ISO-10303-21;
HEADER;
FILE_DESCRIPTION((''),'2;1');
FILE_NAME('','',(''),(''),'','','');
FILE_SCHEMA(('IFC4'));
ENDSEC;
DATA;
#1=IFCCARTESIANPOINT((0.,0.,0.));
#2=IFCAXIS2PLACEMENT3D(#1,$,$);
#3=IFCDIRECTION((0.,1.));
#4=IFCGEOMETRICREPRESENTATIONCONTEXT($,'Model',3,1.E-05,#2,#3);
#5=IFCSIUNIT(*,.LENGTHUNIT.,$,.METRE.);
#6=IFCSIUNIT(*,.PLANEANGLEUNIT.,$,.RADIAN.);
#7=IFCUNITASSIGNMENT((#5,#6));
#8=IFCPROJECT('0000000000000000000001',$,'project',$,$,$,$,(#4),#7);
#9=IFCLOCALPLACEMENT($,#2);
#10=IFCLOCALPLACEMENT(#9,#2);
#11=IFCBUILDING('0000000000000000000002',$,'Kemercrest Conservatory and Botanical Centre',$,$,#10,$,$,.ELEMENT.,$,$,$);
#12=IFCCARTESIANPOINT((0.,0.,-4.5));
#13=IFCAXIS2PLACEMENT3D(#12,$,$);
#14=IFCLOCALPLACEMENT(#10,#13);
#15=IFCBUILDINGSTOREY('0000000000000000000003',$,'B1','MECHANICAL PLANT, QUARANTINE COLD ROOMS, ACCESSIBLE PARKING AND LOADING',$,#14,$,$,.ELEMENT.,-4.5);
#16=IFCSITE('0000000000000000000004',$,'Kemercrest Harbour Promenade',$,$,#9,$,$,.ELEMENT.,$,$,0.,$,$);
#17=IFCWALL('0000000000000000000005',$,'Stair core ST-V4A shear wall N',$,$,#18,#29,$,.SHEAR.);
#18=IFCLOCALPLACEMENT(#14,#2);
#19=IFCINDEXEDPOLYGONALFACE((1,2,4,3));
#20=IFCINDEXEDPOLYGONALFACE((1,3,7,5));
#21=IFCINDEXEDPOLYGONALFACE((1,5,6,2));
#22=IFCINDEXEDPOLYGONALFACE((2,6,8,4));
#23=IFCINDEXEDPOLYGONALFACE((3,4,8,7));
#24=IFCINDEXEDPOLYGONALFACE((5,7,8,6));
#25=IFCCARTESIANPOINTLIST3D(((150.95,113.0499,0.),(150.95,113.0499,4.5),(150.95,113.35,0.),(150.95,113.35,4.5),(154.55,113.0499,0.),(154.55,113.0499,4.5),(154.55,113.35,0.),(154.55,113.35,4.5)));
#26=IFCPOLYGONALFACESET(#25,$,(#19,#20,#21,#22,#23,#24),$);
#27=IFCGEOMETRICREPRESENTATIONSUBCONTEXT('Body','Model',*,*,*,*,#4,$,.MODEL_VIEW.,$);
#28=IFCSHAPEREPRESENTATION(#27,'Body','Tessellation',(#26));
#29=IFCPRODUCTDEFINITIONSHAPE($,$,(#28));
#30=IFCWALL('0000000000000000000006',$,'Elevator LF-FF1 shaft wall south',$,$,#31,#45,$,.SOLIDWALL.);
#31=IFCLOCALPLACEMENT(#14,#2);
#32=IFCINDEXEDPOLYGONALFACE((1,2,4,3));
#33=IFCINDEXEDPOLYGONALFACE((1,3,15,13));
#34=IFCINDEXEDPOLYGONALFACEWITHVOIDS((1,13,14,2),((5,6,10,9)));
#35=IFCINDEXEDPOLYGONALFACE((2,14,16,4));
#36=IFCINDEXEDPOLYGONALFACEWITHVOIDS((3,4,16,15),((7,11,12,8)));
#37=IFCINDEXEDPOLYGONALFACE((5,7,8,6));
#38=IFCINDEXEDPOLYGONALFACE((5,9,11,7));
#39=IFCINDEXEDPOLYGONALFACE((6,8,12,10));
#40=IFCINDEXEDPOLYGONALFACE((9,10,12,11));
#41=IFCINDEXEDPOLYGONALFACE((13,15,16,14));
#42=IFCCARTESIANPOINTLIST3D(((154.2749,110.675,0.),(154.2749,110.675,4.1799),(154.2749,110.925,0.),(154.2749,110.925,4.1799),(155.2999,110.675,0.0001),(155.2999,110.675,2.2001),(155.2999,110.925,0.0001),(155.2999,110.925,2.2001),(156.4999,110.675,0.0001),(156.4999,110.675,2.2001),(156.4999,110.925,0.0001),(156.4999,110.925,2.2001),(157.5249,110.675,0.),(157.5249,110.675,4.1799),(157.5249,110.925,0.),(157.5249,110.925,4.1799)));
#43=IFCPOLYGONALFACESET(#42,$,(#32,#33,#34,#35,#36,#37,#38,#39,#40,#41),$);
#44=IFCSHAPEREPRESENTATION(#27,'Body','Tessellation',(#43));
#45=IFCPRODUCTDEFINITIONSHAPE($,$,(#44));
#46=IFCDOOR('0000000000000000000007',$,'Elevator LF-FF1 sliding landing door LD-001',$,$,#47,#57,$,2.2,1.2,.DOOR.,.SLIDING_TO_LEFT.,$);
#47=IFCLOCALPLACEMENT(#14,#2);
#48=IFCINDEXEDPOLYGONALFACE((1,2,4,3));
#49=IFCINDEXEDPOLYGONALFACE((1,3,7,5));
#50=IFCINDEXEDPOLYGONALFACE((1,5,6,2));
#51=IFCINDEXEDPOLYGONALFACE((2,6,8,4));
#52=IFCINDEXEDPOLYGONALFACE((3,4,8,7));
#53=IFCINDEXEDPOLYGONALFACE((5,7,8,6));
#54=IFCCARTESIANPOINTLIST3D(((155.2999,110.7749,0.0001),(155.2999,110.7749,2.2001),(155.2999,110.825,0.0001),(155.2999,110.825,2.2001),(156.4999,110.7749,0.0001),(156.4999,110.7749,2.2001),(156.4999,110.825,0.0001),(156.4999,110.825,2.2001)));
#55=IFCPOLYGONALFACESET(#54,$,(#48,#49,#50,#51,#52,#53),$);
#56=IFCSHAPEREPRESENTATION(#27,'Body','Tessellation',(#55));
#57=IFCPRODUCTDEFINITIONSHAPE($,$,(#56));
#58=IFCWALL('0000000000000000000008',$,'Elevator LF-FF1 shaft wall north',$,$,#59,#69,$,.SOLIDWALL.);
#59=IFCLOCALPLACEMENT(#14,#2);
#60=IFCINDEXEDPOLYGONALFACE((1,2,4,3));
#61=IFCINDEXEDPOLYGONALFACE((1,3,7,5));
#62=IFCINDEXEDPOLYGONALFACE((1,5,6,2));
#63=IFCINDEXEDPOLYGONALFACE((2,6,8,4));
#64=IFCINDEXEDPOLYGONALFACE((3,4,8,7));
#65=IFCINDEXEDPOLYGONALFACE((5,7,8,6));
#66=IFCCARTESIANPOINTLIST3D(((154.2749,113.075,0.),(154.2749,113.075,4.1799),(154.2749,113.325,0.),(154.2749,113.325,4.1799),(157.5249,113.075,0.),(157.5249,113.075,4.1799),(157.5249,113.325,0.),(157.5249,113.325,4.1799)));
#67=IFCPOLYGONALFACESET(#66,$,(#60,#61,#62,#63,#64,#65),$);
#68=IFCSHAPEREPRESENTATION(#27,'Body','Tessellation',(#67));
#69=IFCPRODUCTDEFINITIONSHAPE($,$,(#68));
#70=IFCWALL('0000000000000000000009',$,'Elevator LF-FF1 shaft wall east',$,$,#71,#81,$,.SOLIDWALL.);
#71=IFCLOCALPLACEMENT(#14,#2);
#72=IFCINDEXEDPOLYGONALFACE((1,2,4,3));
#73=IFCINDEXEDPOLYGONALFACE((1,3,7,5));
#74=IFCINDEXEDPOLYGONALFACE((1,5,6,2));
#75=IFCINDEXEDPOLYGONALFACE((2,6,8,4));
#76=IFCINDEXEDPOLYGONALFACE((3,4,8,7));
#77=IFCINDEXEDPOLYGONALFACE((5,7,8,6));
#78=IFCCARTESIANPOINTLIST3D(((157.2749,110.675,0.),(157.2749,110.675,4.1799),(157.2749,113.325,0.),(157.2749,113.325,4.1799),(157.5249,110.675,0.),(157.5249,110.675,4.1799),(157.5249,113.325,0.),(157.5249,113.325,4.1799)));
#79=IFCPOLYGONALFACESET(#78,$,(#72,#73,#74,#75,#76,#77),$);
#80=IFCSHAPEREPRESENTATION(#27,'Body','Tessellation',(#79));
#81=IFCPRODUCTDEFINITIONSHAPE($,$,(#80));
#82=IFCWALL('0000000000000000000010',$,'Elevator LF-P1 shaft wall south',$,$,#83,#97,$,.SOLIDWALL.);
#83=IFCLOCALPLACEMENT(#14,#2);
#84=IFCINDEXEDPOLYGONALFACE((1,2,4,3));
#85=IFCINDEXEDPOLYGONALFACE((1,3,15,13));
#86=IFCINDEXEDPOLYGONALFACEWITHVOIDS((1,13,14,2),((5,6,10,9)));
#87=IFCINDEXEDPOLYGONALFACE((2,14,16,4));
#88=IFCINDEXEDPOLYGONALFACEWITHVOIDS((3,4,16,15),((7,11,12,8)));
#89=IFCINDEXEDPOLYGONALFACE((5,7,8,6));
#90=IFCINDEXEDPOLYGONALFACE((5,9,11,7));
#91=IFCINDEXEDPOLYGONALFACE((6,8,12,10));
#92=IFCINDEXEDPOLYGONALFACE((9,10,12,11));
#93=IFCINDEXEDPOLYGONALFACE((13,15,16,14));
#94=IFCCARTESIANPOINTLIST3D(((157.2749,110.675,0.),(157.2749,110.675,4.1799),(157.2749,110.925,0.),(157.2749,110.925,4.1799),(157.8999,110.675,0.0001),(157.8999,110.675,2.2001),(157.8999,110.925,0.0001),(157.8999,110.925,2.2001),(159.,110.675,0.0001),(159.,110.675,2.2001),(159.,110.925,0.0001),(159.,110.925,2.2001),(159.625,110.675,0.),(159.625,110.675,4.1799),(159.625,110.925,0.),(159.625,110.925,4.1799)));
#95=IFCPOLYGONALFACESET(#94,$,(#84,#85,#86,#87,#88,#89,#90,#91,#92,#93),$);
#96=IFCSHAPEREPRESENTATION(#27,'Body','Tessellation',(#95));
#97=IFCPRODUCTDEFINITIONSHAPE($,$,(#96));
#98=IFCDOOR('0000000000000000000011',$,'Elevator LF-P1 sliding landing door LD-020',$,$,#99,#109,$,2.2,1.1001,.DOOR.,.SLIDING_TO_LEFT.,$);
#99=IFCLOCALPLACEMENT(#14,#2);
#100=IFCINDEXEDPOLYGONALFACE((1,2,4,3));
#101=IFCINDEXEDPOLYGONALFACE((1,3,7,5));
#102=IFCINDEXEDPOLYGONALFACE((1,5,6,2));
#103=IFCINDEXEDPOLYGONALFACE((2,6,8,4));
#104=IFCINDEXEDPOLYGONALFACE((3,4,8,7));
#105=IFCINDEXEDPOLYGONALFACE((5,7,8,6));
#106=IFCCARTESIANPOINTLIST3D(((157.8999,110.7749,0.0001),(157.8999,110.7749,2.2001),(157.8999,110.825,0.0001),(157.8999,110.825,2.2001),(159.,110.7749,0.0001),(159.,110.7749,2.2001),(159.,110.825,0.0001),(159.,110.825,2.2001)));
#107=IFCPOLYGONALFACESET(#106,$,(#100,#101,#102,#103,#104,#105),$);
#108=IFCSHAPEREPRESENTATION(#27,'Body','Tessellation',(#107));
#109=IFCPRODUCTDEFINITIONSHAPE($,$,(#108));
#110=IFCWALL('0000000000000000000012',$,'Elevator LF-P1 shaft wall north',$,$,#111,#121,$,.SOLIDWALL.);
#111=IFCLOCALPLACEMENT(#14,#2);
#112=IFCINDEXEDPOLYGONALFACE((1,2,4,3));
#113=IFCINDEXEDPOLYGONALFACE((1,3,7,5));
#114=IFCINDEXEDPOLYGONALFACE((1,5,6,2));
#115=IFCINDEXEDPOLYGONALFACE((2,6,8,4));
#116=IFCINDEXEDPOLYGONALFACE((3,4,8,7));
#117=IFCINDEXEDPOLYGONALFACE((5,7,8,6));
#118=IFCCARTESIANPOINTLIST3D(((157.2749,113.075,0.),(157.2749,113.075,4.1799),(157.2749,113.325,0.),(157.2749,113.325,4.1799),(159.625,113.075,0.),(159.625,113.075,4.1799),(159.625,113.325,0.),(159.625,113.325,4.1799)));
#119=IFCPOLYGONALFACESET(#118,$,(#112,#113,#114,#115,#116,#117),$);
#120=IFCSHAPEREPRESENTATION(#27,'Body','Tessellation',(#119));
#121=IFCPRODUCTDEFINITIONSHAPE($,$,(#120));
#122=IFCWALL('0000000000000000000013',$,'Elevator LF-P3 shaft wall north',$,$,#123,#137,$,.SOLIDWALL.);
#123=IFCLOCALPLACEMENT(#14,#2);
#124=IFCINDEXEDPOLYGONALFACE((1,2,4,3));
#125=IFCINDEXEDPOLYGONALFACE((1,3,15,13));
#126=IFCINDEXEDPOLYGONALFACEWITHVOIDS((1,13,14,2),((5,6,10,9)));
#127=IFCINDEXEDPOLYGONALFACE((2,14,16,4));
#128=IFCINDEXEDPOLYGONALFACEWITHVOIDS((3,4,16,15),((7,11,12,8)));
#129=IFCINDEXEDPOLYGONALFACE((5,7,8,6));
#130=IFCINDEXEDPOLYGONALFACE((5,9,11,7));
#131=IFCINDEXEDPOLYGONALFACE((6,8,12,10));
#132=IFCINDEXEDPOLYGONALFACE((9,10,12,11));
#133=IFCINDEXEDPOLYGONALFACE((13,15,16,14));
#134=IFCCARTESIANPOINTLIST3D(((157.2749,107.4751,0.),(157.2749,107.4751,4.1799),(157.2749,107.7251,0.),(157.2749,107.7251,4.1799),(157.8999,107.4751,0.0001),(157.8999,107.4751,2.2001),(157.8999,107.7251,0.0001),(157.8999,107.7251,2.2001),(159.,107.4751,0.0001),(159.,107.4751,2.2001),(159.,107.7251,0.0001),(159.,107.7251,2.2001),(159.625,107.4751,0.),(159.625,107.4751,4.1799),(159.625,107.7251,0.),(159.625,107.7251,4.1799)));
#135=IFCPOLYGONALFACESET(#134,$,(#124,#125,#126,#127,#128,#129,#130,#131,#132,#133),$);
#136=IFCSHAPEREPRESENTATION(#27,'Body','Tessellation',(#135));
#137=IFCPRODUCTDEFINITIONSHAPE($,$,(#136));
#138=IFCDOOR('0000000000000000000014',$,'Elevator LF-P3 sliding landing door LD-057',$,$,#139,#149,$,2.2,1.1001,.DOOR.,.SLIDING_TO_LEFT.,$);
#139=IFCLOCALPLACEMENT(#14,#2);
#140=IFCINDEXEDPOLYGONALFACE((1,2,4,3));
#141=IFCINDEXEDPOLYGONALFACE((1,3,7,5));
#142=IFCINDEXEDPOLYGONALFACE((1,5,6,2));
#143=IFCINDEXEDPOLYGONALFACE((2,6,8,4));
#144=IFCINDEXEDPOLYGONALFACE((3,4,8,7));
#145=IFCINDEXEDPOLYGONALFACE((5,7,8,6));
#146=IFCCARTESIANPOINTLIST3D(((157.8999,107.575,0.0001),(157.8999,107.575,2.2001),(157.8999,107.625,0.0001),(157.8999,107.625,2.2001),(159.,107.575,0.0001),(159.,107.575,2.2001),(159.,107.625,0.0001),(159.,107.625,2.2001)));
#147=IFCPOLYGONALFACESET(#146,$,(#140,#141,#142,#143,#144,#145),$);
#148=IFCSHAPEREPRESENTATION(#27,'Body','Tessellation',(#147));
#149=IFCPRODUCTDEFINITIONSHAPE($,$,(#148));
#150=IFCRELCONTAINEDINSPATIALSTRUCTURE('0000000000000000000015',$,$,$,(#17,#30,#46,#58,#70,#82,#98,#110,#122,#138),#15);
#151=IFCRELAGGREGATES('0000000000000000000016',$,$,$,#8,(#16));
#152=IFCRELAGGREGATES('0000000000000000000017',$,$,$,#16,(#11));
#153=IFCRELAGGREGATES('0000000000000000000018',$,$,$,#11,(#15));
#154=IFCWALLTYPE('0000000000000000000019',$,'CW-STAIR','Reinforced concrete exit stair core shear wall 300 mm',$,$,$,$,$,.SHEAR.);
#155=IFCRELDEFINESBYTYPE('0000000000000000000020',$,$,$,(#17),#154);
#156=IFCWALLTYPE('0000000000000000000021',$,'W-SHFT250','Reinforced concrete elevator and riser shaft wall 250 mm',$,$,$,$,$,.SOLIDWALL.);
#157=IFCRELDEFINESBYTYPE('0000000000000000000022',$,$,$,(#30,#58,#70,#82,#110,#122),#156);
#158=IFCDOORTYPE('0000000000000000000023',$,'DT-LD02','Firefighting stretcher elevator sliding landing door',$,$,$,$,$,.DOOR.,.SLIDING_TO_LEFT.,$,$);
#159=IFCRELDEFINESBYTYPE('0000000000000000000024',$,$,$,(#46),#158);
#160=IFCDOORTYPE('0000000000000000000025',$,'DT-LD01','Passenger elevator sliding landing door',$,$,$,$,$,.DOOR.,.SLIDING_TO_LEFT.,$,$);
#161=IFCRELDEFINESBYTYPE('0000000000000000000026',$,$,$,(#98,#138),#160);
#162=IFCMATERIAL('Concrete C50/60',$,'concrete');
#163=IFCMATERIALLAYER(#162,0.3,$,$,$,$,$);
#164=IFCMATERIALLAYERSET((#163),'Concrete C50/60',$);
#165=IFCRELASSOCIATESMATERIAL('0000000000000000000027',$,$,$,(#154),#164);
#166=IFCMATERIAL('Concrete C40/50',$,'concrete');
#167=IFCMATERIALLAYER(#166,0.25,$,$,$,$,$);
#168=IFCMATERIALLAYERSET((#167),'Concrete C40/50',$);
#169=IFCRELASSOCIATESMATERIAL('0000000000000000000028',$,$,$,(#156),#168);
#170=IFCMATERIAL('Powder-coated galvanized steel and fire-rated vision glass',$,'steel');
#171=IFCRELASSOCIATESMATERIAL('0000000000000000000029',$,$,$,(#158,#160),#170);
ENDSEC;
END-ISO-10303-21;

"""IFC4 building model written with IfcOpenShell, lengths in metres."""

from ifc_helpers import new_model, si_unit, direction, frame, frame_2d, origin, place, context, subcontext, project, spatial, rectangle, extrude, material, layer, layer_set, type_object, element, fill, save


model = new_model("IFC4")

# Units and contexts
model_context = context("Model", 3, precision=1e-05, world=origin(), true_north=direction((0.0, 1.0)))
body_context = subcontext(model_context, "Body", "Model", "MODEL_VIEW")
ifc_project = project(units=[si_unit("LENGTHUNIT", "METRE"), si_unit("PLANEANGLEUNIT", "RADIAN")], contexts=[model_context])

# Site, building, storey
site_placement = place(None, origin())
site = spatial("IfcSite", under=ifc_project, at=site_placement, Name="Kemercrest Harbour Promenade", CompositionType="ELEMENT", RefElevation=0.0)
building_placement = place(site_placement, origin())
building = spatial("IfcBuilding", under=site, at=building_placement, Name="Kemercrest Conservatory and Botanical Centre", CompositionType="ELEMENT")
storey_placement = place(building_placement, frame((0.0, 0.0, -4.5)))
storey = spatial("IfcBuildingStorey", under=building, at=storey_placement, Name="B1", Description="MECHANICAL PLANT, QUARANTINE COLD ROOMS, ACCESSIBLE PARKING AND LOADING", CompositionType="ELEMENT", Elevation=-4.5)

# Shared definitions
ifc_material_1 = material(Name="Concrete C40/50", Category="concrete")

# Wall
ifc_material_2 = material(Name="Concrete C50/60", Category="concrete")
ifc_layer_1 = layer(ifc_material_2, 0.3)
ifc_layer_set_1 = layer_set([ifc_layer_1], Name="Concrete C50/60")
wall_type_1 = type_object("IfcWallType", Name="CW-STAIR", Description="Reinforced concrete exit stair core shear wall 300 mm", PredefinedType="SHEAR", material=ifc_layer_set_1)
wall_1_placement = place(storey_placement, frame((150.95, 113.2, 0.0), z_axis=(0.0, 0.0, 1.0), x_axis=(1.0, 0.0, 0.0)))
element("IfcWall", 1, at=wall_1_placement, inside=storey, type_object=wall_type_1, Name="Stair core ST-V4A shear wall N", PredefinedType="SHEAR", context=body_context, shape_type="SweptSolid", body=[
    extrude(rectangle(XDim=3.6001, YDim=0.3, at=frame_2d((1.8, 0.0))), origin(), (0.0, 0.0, 1.0), 4.5),
])

# Wall, opening, door
ifc_layer_2 = layer(ifc_material_1, 0.25)
ifc_layer_set_2 = layer_set([ifc_layer_2], Name="Concrete C40/50")
wall_type_2 = type_object("IfcWallType", Name="W-SHFT250", Description="Reinforced concrete elevator and riser shaft wall 250 mm", PredefinedType="SOLIDWALL", material=ifc_layer_set_2)
wall_2_placement = place(storey_placement, frame((154.2749, 110.8, 0.0), z_axis=(0.0, 0.0, 1.0), x_axis=(1.0, 0.0, 0.0)))
wall_2 = element("IfcWall", 2, at=wall_2_placement, inside=storey, type_object=wall_type_2, Name="Elevator LF-FF1 shaft wall south", PredefinedType="SOLIDWALL", context=body_context, shape_type="SweptSolid", body=[
    extrude(rectangle(XDim=3.25, YDim=0.25, at=frame_2d((1.625, 0.0))), origin(), (0.0, 0.0, 1.0), 4.1799),
])
opening_1_placement = place(wall_2_placement, frame((1.0249, 0.0, 0.0)))
opening_1 = element("IfcOpeningElement", 3, at=opening_1_placement, cuts=wall_2, PredefinedType="OPENING", context=body_context, shape_type="SweptSolid", body=[
    extrude(rectangle(XDim=1.2, YDim=2.2, at=frame_2d((0.6001, 1.1001))), frame((0.0, 0.135, 0.0), z_axis=(0.0, -1.0, 0.0), x_axis=(1.0, 0.0, 0.0)), (0.0, 0.0, 1.0), 0.27),
])
ifc_material_3 = material(Name="Powder-coated galvanized steel and fire-rated vision glass", Category="steel")
door_type_1 = type_object("IfcDoorType", Name="DT-LD02", Description="Firefighting stretcher elevator sliding landing door", OperationType="SLIDING_TO_LEFT", PredefinedType="DOOR", material=ifc_material_3)
door_1_placement = place(opening_1_placement, origin())
door_1 = element("IfcDoor", 4, at=door_1_placement, inside=storey, type_object=door_type_1, Name="Elevator LF-FF1 sliding landing door LD-001", OperationType="SLIDING_TO_LEFT", OverallHeight=2.2, OverallWidth=1.2, PredefinedType="DOOR", context=body_context, shape_type="SweptSolid", body=[
    extrude(rectangle(XDim=1.2, YDim=2.2, at=frame_2d((0.6001, 1.1001))), frame((0.0, 0.0249, 0.0), z_axis=(0.0, -1.0, 0.0), x_axis=(1.0, 0.0, 0.0)), (0.0, 0.0, 1.0), 0.05),
])
fill(opening_1, door_1)

# Walls
wall_3_placement = place(storey_placement, frame((154.2749, 113.2, 0.0), z_axis=(0.0, 0.0, 1.0), x_axis=(1.0, 0.0, 0.0)))
element("IfcWall", 5, at=wall_3_placement, inside=storey, type_object=wall_type_2, Name="Elevator LF-FF1 shaft wall north", PredefinedType="SOLIDWALL", context=body_context, shape_type="SweptSolid", body=[
    extrude(rectangle(XDim=3.25, YDim=0.25, at=frame_2d((1.625, 0.0))), origin(), (0.0, 0.0, 1.0), 4.1799),
])
wall_4_placement = place(storey_placement, frame((157.3999, 110.675, 0.0), z_axis=(0.0, 0.0, 1.0), x_axis=(0.0, 1.0, 0.0)))
element("IfcWall", 6, at=wall_4_placement, inside=storey, type_object=wall_type_2, Name="Elevator LF-FF1 shaft wall east", PredefinedType="SOLIDWALL", context=body_context, shape_type="SweptSolid", body=[
    extrude(rectangle(XDim=2.6499, YDim=0.25, at=frame_2d((1.325, 0.0))), origin(), (0.0, 0.0, 1.0), 4.1799),
])

# Wall, opening, door
wall_5_placement = place(storey_placement, frame((157.2749, 110.8, 0.0), z_axis=(0.0, 0.0, 1.0), x_axis=(1.0, 0.0, 0.0)))
wall_5 = element("IfcWall", 7, at=wall_5_placement, inside=storey, type_object=wall_type_2, Name="Elevator LF-P1 shaft wall south", PredefinedType="SOLIDWALL", context=body_context, shape_type="SweptSolid", body=[
    extrude(rectangle(XDim=2.3501, YDim=0.25, at=frame_2d((1.175, 0.0))), origin(), (0.0, 0.0, 1.0), 4.1799),
])
opening_2_placement = place(wall_5_placement, frame((0.625, 0.0, 0.0)))
opening_2 = element("IfcOpeningElement", 8, at=opening_2_placement, cuts=wall_5, PredefinedType="OPENING", context=body_context, shape_type="SweptSolid", body=[
    extrude(rectangle(XDim=1.1001, YDim=2.2, at=frame_2d((0.55, 1.1001))), frame((0.0, 0.135, 0.0), z_axis=(0.0, -1.0, 0.0), x_axis=(1.0, 0.0, 0.0)), (0.0, 0.0, 1.0), 0.27),
])
door_type_2 = type_object("IfcDoorType", Name="DT-LD01", Description="Passenger elevator sliding landing door", OperationType="SLIDING_TO_LEFT", PredefinedType="DOOR", material=ifc_material_3)
door_2_placement = place(opening_2_placement, origin())
door_2 = element("IfcDoor", 9, at=door_2_placement, inside=storey, type_object=door_type_2, Name="Elevator LF-P1 sliding landing door LD-020", OperationType="SLIDING_TO_LEFT", OverallHeight=2.2, OverallWidth=1.1001, PredefinedType="DOOR", context=body_context, shape_type="SweptSolid", body=[
    extrude(rectangle(XDim=1.1001, YDim=2.2, at=frame_2d((0.55, 1.1001))), frame((0.0, 0.0249, 0.0), z_axis=(0.0, -1.0, 0.0), x_axis=(1.0, 0.0, 0.0)), (0.0, 0.0, 1.0), 0.05),
])
fill(opening_2, door_2)

# Wall
wall_6_placement = place(storey_placement, frame((157.2749, 113.2, 0.0), z_axis=(0.0, 0.0, 1.0), x_axis=(1.0, 0.0, 0.0)))
element("IfcWall", 10, at=wall_6_placement, inside=storey, type_object=wall_type_2, Name="Elevator LF-P1 shaft wall north", PredefinedType="SOLIDWALL", context=body_context, shape_type="SweptSolid", body=[
    extrude(rectangle(XDim=2.3501, YDim=0.25, at=frame_2d((1.175, 0.0))), origin(), (0.0, 0.0, 1.0), 4.1799),
])

# Wall, opening, door
wall_7_placement = place(storey_placement, frame((157.2749, 107.6001, 0.0), z_axis=(0.0, 0.0, 1.0), x_axis=(1.0, 0.0, 0.0)))
wall_7 = element("IfcWall", 11, at=wall_7_placement, inside=storey, type_object=wall_type_2, Name="Elevator LF-P3 shaft wall north", PredefinedType="SOLIDWALL", context=body_context, shape_type="SweptSolid", body=[
    extrude(rectangle(XDim=2.3501, YDim=0.25, at=frame_2d((1.175, 0.0))), origin(), (0.0, 0.0, 1.0), 4.1799),
])
opening_3_placement = place(wall_7_placement, frame((0.625, 0.0, 0.0)))
opening_3 = element("IfcOpeningElement", 12, at=opening_3_placement, cuts=wall_7, PredefinedType="OPENING", context=body_context, shape_type="SweptSolid", body=[
    extrude(rectangle(XDim=1.1001, YDim=2.2, at=frame_2d((0.55, 1.1001))), frame((0.0, 0.135, 0.0), z_axis=(0.0, -1.0, 0.0), x_axis=(1.0, 0.0, 0.0)), (0.0, 0.0, 1.0), 0.27),
])
door_3_placement = place(opening_3_placement, origin())
door_3 = element("IfcDoor", 13, at=door_3_placement, inside=storey, type_object=door_type_2, Name="Elevator LF-P3 sliding landing door LD-057", OperationType="SLIDING_TO_LEFT", OverallHeight=2.2, OverallWidth=1.1001, PredefinedType="DOOR", context=body_context, shape_type="SweptSolid", body=[
    extrude(rectangle(XDim=1.1001, YDim=2.2, at=frame_2d((0.55, 1.1001))), frame((0.0, 0.0249, 0.0), z_axis=(0.0, -1.0, 0.0), x_axis=(1.0, 0.0, 0.0)), (0.0, 0.0, 1.0), 0.05),
])
fill(opening_3, door_3)

save(model, "model.ifc")
